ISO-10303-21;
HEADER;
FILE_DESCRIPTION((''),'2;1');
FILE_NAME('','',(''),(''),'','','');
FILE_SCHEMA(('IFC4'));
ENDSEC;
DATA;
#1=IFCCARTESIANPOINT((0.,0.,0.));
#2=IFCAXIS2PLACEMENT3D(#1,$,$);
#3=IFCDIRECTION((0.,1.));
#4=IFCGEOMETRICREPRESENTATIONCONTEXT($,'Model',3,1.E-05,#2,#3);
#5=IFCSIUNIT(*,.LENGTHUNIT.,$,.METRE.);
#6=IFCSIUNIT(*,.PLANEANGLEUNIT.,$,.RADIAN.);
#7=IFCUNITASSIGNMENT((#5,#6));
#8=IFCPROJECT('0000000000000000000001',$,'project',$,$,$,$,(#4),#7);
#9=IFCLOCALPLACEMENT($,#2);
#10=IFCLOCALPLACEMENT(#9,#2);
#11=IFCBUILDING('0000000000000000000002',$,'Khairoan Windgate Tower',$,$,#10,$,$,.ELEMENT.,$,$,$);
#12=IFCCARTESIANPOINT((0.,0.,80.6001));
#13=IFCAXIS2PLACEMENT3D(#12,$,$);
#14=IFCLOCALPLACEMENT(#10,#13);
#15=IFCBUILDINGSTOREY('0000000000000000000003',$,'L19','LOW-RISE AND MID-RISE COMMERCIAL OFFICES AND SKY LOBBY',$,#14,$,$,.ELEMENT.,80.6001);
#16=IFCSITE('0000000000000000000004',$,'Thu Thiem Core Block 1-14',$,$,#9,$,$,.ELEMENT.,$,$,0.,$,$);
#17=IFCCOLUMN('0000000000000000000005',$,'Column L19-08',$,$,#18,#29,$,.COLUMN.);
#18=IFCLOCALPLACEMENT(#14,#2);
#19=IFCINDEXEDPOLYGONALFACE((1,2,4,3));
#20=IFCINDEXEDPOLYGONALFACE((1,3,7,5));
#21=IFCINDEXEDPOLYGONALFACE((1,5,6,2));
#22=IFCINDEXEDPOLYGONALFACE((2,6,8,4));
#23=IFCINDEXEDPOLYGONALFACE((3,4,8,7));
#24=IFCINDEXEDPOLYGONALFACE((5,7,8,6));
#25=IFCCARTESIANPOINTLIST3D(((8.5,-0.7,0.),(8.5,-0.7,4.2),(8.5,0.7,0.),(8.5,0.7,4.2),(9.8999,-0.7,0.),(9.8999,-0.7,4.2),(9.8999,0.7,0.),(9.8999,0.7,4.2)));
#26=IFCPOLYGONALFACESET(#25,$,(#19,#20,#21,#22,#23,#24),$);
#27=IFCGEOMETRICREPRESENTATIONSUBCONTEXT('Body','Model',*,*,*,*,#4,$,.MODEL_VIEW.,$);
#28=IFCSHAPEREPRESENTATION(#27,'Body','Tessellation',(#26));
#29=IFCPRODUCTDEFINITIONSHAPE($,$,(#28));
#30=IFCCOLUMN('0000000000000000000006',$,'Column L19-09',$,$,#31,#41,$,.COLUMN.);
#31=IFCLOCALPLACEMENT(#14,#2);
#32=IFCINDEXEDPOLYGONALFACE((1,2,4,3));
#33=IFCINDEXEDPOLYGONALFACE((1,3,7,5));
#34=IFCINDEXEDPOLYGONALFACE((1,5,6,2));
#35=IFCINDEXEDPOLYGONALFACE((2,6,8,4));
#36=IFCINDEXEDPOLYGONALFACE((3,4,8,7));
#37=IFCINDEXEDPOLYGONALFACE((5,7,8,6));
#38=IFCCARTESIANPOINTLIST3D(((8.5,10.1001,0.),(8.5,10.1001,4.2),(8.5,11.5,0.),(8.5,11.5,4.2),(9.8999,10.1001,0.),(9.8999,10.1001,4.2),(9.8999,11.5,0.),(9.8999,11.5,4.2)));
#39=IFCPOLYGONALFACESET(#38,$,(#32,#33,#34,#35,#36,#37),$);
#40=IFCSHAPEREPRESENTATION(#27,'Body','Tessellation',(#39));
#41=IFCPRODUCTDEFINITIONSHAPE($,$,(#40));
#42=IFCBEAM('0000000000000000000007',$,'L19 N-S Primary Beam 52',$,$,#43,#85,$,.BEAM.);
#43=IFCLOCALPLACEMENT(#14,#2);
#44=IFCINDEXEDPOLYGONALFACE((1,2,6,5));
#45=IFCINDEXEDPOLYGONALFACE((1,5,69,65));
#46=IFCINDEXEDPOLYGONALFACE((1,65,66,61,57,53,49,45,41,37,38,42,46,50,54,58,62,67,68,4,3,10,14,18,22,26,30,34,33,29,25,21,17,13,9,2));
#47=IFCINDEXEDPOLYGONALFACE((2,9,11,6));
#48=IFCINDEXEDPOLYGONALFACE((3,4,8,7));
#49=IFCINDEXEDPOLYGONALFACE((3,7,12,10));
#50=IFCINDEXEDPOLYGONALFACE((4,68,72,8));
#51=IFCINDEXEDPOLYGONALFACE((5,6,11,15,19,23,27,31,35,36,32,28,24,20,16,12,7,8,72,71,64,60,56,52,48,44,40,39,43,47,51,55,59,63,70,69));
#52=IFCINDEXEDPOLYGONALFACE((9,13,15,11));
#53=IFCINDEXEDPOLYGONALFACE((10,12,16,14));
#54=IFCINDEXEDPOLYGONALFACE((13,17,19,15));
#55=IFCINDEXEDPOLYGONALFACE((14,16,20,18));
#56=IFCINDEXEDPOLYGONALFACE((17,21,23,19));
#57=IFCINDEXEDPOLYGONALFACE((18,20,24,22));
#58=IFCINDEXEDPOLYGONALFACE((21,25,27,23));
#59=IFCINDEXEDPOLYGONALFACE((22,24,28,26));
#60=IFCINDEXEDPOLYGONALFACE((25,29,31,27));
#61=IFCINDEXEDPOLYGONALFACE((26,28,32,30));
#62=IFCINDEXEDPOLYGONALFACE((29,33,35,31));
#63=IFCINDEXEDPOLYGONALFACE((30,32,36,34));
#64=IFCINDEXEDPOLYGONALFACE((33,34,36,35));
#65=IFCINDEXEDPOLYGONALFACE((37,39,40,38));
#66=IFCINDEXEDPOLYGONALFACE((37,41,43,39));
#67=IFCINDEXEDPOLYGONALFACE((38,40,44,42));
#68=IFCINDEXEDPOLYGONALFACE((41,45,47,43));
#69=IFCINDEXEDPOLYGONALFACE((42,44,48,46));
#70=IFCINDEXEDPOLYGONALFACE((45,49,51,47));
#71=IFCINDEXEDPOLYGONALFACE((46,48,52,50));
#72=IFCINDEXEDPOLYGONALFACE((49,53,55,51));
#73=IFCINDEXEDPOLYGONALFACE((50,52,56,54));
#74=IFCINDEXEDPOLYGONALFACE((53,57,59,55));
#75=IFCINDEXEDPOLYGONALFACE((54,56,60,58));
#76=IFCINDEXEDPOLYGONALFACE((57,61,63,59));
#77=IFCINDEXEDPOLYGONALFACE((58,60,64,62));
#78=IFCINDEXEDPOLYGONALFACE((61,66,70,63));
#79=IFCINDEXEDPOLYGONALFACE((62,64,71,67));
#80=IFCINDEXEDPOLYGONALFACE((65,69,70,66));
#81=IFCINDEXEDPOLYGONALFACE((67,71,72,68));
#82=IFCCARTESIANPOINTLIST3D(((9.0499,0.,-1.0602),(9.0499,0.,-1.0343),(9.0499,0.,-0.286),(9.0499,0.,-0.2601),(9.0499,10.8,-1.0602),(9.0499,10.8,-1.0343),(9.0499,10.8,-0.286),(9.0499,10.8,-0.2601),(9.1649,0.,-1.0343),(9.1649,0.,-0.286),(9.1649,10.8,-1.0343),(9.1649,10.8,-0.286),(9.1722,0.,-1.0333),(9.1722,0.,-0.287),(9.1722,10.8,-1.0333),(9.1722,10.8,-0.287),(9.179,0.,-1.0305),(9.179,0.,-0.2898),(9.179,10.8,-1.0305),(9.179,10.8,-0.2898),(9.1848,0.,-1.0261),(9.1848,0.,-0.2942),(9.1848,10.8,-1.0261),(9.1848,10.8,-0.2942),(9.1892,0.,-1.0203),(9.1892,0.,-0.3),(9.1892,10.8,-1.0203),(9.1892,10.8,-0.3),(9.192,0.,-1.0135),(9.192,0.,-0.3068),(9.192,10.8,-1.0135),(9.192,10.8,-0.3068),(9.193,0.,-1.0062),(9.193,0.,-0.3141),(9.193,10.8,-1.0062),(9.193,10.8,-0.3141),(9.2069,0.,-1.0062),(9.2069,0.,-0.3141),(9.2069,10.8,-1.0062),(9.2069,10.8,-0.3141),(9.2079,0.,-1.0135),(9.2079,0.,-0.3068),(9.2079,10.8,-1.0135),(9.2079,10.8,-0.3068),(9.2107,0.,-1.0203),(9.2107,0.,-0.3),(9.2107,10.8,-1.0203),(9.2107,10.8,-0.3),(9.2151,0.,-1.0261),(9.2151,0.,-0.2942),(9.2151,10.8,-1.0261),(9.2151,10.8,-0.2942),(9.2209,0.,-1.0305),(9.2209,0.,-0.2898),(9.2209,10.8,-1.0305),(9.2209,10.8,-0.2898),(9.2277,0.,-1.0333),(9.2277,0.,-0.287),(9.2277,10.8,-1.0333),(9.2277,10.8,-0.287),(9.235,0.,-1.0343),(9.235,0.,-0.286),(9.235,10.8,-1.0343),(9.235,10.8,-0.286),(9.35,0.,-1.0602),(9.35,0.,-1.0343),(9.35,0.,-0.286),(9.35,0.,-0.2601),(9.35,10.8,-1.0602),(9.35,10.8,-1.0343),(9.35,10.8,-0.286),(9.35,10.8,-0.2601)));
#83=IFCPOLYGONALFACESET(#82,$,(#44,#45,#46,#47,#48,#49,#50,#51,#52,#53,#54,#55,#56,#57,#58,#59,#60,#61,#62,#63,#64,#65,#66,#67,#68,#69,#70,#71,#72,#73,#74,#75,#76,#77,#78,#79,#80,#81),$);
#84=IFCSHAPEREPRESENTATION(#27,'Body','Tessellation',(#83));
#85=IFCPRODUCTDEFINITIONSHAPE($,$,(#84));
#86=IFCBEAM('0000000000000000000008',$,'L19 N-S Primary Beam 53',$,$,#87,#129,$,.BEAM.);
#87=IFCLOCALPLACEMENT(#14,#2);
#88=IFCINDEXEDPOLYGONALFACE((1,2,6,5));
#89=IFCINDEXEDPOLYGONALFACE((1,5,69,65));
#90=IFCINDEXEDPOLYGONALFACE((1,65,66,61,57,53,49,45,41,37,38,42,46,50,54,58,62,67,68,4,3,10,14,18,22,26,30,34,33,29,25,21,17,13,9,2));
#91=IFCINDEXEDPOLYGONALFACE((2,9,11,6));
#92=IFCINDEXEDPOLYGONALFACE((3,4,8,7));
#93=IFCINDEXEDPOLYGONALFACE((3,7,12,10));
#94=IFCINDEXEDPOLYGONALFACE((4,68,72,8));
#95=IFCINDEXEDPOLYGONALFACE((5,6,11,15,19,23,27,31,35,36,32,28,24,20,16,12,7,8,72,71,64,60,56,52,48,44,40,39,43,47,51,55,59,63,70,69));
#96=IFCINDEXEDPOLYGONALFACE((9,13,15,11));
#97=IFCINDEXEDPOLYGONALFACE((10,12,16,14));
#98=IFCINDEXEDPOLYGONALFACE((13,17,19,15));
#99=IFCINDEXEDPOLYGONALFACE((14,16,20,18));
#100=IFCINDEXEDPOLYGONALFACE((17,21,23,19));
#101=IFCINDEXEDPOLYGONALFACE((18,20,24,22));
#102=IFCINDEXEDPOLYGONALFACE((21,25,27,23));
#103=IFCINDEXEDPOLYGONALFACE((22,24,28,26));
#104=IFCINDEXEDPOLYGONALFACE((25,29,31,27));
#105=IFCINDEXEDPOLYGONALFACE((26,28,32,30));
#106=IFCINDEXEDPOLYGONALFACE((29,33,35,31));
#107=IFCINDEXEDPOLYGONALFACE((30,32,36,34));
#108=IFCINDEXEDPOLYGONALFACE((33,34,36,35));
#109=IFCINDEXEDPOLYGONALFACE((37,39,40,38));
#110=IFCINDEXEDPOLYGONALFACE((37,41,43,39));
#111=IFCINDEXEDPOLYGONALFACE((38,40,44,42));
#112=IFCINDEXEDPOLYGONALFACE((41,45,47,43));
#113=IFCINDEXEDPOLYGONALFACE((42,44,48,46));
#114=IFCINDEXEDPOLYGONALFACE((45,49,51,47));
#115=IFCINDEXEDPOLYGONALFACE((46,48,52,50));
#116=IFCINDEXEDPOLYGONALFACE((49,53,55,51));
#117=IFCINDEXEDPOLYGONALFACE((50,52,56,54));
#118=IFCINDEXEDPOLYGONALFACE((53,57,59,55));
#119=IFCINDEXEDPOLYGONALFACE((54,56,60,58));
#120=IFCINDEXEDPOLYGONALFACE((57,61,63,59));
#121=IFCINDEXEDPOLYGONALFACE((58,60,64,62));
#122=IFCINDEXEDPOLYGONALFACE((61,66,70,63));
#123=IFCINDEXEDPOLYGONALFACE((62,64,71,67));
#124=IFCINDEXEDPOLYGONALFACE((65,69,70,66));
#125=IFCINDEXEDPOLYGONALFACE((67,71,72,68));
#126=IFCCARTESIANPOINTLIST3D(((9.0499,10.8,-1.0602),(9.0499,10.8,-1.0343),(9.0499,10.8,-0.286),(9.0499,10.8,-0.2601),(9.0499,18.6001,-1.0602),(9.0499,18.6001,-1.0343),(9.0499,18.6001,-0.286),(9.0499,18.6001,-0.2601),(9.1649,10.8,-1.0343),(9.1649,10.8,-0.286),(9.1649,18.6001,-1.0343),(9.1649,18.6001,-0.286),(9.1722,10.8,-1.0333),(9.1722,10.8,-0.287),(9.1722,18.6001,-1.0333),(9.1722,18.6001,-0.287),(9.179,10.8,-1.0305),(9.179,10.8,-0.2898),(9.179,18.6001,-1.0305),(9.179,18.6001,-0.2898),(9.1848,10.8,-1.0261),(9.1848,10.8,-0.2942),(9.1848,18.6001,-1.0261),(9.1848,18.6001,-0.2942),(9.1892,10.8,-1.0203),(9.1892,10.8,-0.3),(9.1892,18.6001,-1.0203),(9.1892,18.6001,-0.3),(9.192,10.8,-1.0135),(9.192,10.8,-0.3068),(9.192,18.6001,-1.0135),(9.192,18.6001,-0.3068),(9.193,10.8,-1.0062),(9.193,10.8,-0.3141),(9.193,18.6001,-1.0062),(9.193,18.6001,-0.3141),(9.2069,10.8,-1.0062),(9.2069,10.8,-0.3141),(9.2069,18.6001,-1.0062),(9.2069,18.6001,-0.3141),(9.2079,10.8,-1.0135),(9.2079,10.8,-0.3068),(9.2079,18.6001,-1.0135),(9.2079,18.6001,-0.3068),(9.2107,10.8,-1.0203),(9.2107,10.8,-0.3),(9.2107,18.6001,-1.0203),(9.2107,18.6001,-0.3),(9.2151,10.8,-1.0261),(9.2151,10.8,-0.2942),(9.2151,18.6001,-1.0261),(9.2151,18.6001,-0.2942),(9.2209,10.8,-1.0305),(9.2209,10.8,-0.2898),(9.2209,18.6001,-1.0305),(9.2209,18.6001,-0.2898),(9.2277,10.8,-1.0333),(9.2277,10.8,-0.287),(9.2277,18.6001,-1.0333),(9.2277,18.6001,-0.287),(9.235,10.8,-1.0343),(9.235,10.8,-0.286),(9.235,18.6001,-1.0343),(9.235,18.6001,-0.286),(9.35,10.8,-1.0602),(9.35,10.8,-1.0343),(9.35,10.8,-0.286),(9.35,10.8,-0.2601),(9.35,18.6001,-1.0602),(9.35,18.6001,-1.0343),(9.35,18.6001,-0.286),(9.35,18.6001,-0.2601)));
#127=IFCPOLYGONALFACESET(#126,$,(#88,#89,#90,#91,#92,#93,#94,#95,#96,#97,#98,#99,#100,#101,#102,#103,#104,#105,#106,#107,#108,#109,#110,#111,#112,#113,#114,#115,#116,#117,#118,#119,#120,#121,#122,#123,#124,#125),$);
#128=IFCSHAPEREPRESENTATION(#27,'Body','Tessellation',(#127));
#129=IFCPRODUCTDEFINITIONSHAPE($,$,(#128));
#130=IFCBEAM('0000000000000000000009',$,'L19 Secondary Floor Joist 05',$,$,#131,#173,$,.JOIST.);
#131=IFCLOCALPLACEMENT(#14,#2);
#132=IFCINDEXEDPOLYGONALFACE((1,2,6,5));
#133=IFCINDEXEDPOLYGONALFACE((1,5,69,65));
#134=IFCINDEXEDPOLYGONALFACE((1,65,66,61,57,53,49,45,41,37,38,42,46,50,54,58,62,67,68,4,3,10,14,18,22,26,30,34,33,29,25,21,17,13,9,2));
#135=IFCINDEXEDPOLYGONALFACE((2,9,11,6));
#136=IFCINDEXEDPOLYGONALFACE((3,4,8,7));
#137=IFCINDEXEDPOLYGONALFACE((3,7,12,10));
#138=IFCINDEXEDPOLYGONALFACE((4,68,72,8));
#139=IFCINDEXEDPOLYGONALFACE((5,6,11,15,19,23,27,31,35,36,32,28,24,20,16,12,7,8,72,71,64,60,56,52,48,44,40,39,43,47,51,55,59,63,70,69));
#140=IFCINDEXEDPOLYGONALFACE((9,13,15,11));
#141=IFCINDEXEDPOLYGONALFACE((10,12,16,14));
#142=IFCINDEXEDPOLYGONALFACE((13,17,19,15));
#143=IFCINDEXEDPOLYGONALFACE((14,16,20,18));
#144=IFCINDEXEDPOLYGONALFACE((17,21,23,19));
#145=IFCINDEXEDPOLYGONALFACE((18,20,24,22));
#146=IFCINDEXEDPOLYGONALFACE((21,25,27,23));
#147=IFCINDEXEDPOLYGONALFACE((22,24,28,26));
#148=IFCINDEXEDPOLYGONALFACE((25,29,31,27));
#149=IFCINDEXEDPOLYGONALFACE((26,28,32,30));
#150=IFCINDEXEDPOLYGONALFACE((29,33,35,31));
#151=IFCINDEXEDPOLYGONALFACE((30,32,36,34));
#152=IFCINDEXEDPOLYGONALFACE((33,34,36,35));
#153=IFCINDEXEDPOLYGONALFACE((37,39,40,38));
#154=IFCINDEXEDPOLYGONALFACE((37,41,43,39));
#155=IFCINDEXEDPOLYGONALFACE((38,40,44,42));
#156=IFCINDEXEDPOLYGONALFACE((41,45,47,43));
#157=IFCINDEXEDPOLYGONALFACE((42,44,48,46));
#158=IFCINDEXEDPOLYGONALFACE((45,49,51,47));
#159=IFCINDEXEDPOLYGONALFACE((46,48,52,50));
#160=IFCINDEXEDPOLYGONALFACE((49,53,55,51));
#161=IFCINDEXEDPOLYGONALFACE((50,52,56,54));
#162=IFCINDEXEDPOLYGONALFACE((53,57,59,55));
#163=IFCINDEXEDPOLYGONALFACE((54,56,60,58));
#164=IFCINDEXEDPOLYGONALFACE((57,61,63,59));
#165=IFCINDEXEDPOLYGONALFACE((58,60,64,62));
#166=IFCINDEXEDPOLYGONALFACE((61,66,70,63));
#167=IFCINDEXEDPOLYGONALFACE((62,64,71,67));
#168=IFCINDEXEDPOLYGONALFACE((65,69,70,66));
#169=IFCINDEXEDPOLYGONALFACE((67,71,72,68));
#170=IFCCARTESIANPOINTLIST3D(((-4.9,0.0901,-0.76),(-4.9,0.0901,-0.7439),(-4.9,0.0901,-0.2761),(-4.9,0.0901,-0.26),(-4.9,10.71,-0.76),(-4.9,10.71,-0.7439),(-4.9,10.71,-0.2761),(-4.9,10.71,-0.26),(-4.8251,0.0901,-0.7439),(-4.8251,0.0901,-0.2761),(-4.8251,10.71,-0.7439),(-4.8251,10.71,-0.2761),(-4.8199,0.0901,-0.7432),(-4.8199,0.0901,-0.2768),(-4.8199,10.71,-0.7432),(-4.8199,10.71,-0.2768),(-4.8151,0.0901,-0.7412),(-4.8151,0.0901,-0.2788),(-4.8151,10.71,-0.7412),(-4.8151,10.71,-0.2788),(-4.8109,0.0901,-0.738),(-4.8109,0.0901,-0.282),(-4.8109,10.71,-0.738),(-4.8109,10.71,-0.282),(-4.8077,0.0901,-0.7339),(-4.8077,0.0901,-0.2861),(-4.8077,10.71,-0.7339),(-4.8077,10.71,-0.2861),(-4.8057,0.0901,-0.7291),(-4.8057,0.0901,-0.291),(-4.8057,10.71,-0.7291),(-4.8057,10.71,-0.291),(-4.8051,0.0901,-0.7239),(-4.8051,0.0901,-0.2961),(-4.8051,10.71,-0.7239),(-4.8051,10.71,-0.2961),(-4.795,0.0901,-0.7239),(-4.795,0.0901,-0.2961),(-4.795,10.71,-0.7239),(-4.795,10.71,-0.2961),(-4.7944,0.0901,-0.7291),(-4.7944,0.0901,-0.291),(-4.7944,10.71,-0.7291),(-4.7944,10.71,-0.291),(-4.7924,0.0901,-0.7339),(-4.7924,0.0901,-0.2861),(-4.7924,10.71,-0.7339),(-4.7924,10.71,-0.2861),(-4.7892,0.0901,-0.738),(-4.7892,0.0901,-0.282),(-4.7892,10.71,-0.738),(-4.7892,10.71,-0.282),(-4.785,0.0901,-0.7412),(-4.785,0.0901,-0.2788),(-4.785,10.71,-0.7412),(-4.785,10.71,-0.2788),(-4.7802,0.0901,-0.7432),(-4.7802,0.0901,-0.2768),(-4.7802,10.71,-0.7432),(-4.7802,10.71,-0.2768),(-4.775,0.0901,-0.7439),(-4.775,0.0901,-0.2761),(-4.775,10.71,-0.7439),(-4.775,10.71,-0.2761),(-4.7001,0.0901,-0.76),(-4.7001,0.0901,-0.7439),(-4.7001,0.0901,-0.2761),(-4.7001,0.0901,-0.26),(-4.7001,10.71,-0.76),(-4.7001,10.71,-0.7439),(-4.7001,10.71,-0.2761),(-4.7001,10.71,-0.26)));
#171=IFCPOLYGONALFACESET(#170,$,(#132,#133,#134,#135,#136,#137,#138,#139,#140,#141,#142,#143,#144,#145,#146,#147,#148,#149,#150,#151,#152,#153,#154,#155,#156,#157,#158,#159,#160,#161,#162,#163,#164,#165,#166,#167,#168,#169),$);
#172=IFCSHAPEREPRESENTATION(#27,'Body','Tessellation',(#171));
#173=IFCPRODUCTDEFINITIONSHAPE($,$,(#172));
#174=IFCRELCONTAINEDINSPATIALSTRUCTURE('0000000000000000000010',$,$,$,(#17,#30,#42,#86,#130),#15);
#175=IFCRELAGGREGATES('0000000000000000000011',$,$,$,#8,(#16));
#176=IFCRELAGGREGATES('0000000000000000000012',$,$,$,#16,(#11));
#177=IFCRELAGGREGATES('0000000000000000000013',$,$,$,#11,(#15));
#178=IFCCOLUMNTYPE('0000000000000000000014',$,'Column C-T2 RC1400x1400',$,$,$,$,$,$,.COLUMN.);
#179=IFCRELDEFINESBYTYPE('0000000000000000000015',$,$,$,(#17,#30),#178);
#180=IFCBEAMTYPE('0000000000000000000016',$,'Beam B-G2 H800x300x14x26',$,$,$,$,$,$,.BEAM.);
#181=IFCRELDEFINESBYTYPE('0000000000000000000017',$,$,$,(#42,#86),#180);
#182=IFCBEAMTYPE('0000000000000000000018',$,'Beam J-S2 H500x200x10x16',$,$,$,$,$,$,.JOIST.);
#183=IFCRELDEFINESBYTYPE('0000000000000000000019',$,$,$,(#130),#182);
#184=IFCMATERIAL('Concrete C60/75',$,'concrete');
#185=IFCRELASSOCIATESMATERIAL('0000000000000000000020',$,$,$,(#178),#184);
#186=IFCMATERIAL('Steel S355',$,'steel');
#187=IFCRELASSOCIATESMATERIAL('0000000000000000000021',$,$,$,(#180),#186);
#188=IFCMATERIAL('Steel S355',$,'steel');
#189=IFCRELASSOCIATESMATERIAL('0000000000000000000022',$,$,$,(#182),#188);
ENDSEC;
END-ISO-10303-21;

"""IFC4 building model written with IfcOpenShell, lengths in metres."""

from ifc_helpers import new_model, si_unit, direction, frame, origin, origin_2d, place, context, subcontext, project, spatial, rectangle, i_section, extrude, material, material_profile, profile_set, type_object, element, save


model = new_model("IFC4")

# Units and contexts
model_context = context("Model", 3, precision=1e-05, world=origin(), true_north=direction((0.0, 1.0)))
body_context = subcontext(model_context, "Body", "Model", "MODEL_VIEW")
ifc_project = project(units=[si_unit("LENGTHUNIT", "METRE"), si_unit("PLANEANGLEUNIT", "RADIAN")], contexts=[model_context])

# Site, building, storey
site_placement = place(None, origin())
site = spatial("IfcSite", under=ifc_project, at=site_placement, Name="Thu Thiem Core Block 1-14", CompositionType="ELEMENT", RefElevation=0.0)
building_placement = place(site_placement, origin())
building = spatial("IfcBuilding", under=site, at=building_placement, Name="Khairoan Windgate Tower", CompositionType="ELEMENT")
storey_placement = place(building_placement, frame((0.0, 0.0, 80.6001)))
storey = spatial("IfcBuildingStorey", under=building, at=storey_placement, Name="L19", Description="LOW-RISE AND MID-RISE COMMERCIAL OFFICES AND SKY LOBBY", CompositionType="ELEMENT", Elevation=80.6001)

# Columns
ifc_material_1 = material(Name="Concrete C60/75", Category="concrete")
ifc_material_profile_1 = material_profile(ifc_material_1, rectangle(XDim=1.3999, YDim=1.3999, at=origin_2d()))
ifc_profile_set_1 = profile_set([ifc_material_profile_1], Name="Concrete C60/75")
column_type = type_object("IfcColumnType", Name="Column C-T2 RC1400x1400", PredefinedType="COLUMN", material=ifc_profile_set_1)
for number, where, z_axis, x_axis, name in (
    (1, (9.2, 0.0, 0.0), (0.0, 0.0, 1.0), (1.0, 0.0, 0.0), "Column L19-08"),
    (2, (9.2, 10.8, 0.0), (0.0, 0.0, 1.0), (1.0, 0.0, 0.0), "Column L19-09"),
):
    element("IfcColumn", number, at=place(storey_placement, frame(where, z_axis=z_axis, x_axis=x_axis)), inside=storey, type_object=column_type, Name=name, PredefinedType="COLUMN", context=body_context, shape_type="SweptSolid", body=[
        extrude(rectangle(XDim=1.3999, YDim=1.3999, at=origin_2d()), origin(), (0.0, 0.0, 1.0), 4.2),
    ])

# Beams
ifc_material_2 = material(Name="Steel S355", Category="steel")
ifc_material_profile_2 = material_profile(ifc_material_2, i_section(OverallWidth=0.3, OverallDepth=0.8, WebThickness=0.0139, FlangeThickness=0.0259, FilletRadius=0.0281, at=origin_2d()))
ifc_profile_set_2 = profile_set([ifc_material_profile_2], Name="Steel S355")
beam_type_1 = type_object("IfcBeamType", Name="Beam B-G2 H800x300x14x26", PredefinedType="BEAM", material=ifc_profile_set_2)
beam_1_placement = place(storey_placement, frame((9.2, 0.0, -0.6602), z_axis=(0.0, 1.0, 0.0), x_axis=(-1.0, 0.0, 0.0)))
element("IfcBeam", 3, at=beam_1_placement, inside=storey, type_object=beam_type_1, Name="L19 N-S Primary Beam 52", PredefinedType="BEAM", context=body_context, shape_type="SweptSolid", body=[
    extrude(i_section(OverallWidth=0.3, OverallDepth=0.8, WebThickness=0.0139, FlangeThickness=0.0259, FilletRadius=0.0281, at=origin_2d()), origin(), (0.0, 0.0, 1.0), 10.8),
])
beam_2_placement = place(storey_placement, frame((9.2, 10.8, -0.6602), z_axis=(0.0, 1.0, 0.0), x_axis=(-1.0, 0.0, 0.0)))
element("IfcBeam", 4, at=beam_2_placement, inside=storey, type_object=beam_type_1, Name="L19 N-S Primary Beam 53", PredefinedType="BEAM", context=body_context, shape_type="SweptSolid", body=[
    extrude(i_section(OverallWidth=0.3, OverallDepth=0.8, WebThickness=0.0139, FlangeThickness=0.0259, FilletRadius=0.0281, at=origin_2d()), origin(), (0.0, 0.0, 1.0), 7.8),
])
ifc_material_3 = material(Name="Steel S355", Category="steel")
ifc_material_profile_3 = material_profile(ifc_material_3, i_section(OverallWidth=0.2, OverallDepth=0.5, WebThickness=0.01, FlangeThickness=0.0161, FilletRadius=0.02, at=origin_2d()))
ifc_profile_set_3 = profile_set([ifc_material_profile_3], Name="Steel S355")
beam_type_2 = type_object("IfcBeamType", Name="Beam J-S2 H500x200x10x16", PredefinedType="JOIST", material=ifc_profile_set_3)
beam_3_placement = place(storey_placement, frame((-4.8, 0.0901, -0.51), z_axis=(0.0, 1.0, 0.0), x_axis=(-1.0, 0.0, 0.0)))
element("IfcBeam", 5, at=beam_3_placement, inside=storey, type_object=beam_type_2, Name="L19 Secondary Floor Joist 05", PredefinedType="JOIST", context=body_context, shape_type="SweptSolid", body=[
    extrude(i_section(OverallWidth=0.2, OverallDepth=0.5, WebThickness=0.01, FlangeThickness=0.0161, FilletRadius=0.02, at=origin_2d()), origin(), (0.0, 0.0, 1.0), 10.6199),
])

save(model, "model.ifc")
